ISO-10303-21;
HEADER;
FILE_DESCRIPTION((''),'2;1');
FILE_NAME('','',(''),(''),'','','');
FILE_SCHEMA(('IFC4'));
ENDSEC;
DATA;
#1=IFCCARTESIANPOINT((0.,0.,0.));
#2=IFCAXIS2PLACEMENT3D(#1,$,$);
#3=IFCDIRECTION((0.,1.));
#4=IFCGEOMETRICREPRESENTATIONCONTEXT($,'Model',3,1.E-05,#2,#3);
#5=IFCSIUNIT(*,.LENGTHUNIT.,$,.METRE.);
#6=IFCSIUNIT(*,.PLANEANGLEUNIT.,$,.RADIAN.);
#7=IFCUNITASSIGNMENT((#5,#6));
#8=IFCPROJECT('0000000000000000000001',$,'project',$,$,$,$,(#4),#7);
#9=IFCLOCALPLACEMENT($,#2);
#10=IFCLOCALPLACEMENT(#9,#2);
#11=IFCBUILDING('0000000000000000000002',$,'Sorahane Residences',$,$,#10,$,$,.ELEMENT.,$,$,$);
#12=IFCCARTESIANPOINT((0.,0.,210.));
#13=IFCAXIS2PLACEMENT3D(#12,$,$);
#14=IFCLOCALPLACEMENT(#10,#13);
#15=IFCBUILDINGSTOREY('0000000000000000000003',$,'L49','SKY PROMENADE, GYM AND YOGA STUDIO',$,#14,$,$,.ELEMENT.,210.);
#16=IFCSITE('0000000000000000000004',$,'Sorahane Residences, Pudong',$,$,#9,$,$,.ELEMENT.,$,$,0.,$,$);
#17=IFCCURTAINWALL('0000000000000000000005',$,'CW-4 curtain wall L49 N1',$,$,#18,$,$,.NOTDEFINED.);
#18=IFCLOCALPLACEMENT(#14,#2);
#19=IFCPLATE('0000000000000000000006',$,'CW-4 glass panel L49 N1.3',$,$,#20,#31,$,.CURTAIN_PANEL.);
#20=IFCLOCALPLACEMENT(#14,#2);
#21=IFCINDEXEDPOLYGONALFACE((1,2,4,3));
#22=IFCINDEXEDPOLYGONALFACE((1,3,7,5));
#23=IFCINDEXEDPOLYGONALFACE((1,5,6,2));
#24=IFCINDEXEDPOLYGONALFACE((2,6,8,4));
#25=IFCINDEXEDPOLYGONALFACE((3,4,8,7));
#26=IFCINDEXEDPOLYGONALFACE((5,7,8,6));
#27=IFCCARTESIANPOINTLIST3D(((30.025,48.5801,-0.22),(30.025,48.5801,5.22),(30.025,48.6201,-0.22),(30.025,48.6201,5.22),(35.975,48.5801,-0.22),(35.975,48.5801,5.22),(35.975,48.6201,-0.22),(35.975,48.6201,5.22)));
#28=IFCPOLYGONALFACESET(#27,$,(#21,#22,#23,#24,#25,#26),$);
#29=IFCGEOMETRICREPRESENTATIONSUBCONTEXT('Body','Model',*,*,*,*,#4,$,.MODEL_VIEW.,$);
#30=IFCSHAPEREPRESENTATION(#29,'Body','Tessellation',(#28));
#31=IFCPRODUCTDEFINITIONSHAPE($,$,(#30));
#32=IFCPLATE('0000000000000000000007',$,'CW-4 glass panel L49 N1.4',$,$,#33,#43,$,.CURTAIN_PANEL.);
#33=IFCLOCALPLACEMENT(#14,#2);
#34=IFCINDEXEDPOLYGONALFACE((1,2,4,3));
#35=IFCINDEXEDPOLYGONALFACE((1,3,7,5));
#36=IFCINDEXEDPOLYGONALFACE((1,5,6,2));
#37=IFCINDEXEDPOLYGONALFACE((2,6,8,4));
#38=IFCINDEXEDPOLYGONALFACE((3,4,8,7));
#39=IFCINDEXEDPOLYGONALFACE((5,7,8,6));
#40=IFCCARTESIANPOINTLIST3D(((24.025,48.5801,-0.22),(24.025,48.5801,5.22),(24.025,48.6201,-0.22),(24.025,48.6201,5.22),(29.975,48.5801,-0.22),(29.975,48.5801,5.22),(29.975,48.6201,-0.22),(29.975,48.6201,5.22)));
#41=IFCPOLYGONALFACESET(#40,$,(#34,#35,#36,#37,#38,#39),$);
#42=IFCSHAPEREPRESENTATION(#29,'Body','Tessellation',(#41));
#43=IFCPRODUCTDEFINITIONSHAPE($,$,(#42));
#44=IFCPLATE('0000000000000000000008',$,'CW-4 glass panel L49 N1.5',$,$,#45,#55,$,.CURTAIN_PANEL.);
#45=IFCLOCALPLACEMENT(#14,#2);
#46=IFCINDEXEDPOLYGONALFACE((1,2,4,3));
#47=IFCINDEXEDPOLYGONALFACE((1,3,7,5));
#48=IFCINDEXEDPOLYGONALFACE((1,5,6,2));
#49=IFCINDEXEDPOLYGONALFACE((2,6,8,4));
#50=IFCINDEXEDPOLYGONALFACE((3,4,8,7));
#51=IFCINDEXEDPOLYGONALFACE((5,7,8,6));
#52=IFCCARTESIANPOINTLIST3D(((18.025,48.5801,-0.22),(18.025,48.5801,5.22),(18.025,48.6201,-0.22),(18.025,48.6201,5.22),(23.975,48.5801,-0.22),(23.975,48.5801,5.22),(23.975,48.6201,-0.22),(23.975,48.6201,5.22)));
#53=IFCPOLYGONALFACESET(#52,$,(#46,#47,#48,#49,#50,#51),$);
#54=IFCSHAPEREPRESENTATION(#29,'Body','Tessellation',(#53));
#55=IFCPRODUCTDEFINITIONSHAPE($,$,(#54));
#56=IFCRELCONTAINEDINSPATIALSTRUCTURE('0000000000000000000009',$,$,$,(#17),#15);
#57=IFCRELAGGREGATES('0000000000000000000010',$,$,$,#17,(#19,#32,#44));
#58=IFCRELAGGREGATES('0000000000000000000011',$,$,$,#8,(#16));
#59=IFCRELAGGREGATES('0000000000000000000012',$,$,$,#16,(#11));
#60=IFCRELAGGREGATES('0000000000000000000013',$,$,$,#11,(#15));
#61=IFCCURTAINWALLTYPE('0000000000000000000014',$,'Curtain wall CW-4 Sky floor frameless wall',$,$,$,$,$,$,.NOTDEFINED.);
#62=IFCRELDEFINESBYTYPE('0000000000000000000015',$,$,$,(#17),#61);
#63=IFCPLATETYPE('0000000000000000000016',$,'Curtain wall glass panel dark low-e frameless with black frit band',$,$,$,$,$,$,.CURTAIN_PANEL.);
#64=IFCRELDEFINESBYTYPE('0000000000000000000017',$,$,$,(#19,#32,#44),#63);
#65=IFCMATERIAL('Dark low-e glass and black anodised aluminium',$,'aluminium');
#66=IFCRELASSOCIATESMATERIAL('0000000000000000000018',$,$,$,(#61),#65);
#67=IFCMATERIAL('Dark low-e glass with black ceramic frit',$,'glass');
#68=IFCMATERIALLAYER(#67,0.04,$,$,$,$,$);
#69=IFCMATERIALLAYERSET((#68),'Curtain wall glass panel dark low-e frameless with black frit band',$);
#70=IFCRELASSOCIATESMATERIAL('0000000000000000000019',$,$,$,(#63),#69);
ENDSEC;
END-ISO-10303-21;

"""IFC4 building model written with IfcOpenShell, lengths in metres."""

from ifc_helpers import new_model, si_unit, direction, frame, origin, origin_2d, place, context, subcontext, project, spatial, rectangle, extrude, material, layer, layer_set, type_object, element, aggregate, save


model = new_model("IFC4")

# Units and contexts
model_context = context("Model", 3, precision=1e-05, world=origin(), true_north=direction((0.0, 1.0)))
body_context = subcontext(model_context, "Body", "Model", "MODEL_VIEW")
ifc_project = project(units=[si_unit("LENGTHUNIT", "METRE"), si_unit("PLANEANGLEUNIT", "RADIAN")], contexts=[model_context])

# Site, building, storey
site_placement = place(None, origin())
site = spatial("IfcSite", under=ifc_project, at=site_placement, Name="Sorahane Residences, Pudong", CompositionType="ELEMENT", RefElevation=0.0)
building_placement = place(site_placement, origin())
building = spatial("IfcBuilding", under=site, at=building_placement, Name="Sorahane Residences", CompositionType="ELEMENT")
storey_placement = place(building_placement, frame((0.0, 0.0, 210.0)))
storey = spatial("IfcBuildingStorey", under=building, at=storey_placement, Name="L49", Description="SKY PROMENADE, GYM AND YOGA STUDIO", CompositionType="ELEMENT", Elevation=210.0)

# Curtain wall
ifc_material_1 = material(Name="Dark low-e glass and black anodised aluminium", Category="aluminium")
curtain_wall_type = type_object("IfcCurtainWallType", Name="Curtain wall CW-4 Sky floor frameless wall", PredefinedType="NOTDEFINED", material=ifc_material_1)
curtain_wall_placement = place(storey_placement, origin())
curtain_wall = element("IfcCurtainWall", 1, at=curtain_wall_placement, inside=storey, type_object=curtain_wall_type, Name="CW-4 curtain wall L49 N1", PredefinedType="NOTDEFINED")

# Plates
ifc_material_2 = material(Name="Dark low-e glass with black ceramic frit", Category="glass")
ifc_layer_1 = layer(ifc_material_2, 0.04)
ifc_layer_set_1 = layer_set([ifc_layer_1], Name="Curtain wall glass panel dark low-e frameless with black frit band")
plate_type = type_object("IfcPlateType", Name="Curtain wall glass panel dark low-e frameless with black frit band", PredefinedType="CURTAIN_PANEL", material=ifc_layer_set_1)
plate_1_placement = place(storey_placement, frame((33.0, 48.6001, -0.22), z_axis=(0.0, 0.0, 1.0), x_axis=(-1.0, 0.0, 0.0)))
plate_1 = element("IfcPlate", 2, at=plate_1_placement, type_object=plate_type, Name="CW-4 glass panel L49 N1.3", PredefinedType="CURTAIN_PANEL", context=body_context, shape_type="SweptSolid", body=[
    extrude(rectangle(XDim=5.95, YDim=0.04, at=origin_2d()), origin(), (0.0, 0.0, 1.0), 5.4399),
])
plate_2_placement = place(storey_placement, frame((27.0, 48.6001, -0.22), z_axis=(0.0, 0.0, 1.0), x_axis=(-1.0, 0.0, 0.0)))
plate_2 = element("IfcPlate", 3, at=plate_2_placement, type_object=plate_type, Name="CW-4 glass panel L49 N1.4", PredefinedType="CURTAIN_PANEL", context=body_context, shape_type="SweptSolid", body=[
    extrude(rectangle(XDim=5.95, YDim=0.04, at=origin_2d()), origin(), (0.0, 0.0, 1.0), 5.4399),
])
plate_3_placement = place(storey_placement, frame((21.0, 48.6001, -0.22), z_axis=(0.0, 0.0, 1.0), x_axis=(-1.0, 0.0, 0.0)))
plate_3 = element("IfcPlate", 4, at=plate_3_placement, type_object=plate_type, Name="CW-4 glass panel L49 N1.5", PredefinedType="CURTAIN_PANEL", context=body_context, shape_type="SweptSolid", body=[
    extrude(rectangle(XDim=5.95, YDim=0.04, at=origin_2d()), origin(), (0.0, 0.0, 1.0), 5.4399),
])
aggregate(curtain_wall, [plate_1, plate_2, plate_3])

save(model, "model.ifc")
